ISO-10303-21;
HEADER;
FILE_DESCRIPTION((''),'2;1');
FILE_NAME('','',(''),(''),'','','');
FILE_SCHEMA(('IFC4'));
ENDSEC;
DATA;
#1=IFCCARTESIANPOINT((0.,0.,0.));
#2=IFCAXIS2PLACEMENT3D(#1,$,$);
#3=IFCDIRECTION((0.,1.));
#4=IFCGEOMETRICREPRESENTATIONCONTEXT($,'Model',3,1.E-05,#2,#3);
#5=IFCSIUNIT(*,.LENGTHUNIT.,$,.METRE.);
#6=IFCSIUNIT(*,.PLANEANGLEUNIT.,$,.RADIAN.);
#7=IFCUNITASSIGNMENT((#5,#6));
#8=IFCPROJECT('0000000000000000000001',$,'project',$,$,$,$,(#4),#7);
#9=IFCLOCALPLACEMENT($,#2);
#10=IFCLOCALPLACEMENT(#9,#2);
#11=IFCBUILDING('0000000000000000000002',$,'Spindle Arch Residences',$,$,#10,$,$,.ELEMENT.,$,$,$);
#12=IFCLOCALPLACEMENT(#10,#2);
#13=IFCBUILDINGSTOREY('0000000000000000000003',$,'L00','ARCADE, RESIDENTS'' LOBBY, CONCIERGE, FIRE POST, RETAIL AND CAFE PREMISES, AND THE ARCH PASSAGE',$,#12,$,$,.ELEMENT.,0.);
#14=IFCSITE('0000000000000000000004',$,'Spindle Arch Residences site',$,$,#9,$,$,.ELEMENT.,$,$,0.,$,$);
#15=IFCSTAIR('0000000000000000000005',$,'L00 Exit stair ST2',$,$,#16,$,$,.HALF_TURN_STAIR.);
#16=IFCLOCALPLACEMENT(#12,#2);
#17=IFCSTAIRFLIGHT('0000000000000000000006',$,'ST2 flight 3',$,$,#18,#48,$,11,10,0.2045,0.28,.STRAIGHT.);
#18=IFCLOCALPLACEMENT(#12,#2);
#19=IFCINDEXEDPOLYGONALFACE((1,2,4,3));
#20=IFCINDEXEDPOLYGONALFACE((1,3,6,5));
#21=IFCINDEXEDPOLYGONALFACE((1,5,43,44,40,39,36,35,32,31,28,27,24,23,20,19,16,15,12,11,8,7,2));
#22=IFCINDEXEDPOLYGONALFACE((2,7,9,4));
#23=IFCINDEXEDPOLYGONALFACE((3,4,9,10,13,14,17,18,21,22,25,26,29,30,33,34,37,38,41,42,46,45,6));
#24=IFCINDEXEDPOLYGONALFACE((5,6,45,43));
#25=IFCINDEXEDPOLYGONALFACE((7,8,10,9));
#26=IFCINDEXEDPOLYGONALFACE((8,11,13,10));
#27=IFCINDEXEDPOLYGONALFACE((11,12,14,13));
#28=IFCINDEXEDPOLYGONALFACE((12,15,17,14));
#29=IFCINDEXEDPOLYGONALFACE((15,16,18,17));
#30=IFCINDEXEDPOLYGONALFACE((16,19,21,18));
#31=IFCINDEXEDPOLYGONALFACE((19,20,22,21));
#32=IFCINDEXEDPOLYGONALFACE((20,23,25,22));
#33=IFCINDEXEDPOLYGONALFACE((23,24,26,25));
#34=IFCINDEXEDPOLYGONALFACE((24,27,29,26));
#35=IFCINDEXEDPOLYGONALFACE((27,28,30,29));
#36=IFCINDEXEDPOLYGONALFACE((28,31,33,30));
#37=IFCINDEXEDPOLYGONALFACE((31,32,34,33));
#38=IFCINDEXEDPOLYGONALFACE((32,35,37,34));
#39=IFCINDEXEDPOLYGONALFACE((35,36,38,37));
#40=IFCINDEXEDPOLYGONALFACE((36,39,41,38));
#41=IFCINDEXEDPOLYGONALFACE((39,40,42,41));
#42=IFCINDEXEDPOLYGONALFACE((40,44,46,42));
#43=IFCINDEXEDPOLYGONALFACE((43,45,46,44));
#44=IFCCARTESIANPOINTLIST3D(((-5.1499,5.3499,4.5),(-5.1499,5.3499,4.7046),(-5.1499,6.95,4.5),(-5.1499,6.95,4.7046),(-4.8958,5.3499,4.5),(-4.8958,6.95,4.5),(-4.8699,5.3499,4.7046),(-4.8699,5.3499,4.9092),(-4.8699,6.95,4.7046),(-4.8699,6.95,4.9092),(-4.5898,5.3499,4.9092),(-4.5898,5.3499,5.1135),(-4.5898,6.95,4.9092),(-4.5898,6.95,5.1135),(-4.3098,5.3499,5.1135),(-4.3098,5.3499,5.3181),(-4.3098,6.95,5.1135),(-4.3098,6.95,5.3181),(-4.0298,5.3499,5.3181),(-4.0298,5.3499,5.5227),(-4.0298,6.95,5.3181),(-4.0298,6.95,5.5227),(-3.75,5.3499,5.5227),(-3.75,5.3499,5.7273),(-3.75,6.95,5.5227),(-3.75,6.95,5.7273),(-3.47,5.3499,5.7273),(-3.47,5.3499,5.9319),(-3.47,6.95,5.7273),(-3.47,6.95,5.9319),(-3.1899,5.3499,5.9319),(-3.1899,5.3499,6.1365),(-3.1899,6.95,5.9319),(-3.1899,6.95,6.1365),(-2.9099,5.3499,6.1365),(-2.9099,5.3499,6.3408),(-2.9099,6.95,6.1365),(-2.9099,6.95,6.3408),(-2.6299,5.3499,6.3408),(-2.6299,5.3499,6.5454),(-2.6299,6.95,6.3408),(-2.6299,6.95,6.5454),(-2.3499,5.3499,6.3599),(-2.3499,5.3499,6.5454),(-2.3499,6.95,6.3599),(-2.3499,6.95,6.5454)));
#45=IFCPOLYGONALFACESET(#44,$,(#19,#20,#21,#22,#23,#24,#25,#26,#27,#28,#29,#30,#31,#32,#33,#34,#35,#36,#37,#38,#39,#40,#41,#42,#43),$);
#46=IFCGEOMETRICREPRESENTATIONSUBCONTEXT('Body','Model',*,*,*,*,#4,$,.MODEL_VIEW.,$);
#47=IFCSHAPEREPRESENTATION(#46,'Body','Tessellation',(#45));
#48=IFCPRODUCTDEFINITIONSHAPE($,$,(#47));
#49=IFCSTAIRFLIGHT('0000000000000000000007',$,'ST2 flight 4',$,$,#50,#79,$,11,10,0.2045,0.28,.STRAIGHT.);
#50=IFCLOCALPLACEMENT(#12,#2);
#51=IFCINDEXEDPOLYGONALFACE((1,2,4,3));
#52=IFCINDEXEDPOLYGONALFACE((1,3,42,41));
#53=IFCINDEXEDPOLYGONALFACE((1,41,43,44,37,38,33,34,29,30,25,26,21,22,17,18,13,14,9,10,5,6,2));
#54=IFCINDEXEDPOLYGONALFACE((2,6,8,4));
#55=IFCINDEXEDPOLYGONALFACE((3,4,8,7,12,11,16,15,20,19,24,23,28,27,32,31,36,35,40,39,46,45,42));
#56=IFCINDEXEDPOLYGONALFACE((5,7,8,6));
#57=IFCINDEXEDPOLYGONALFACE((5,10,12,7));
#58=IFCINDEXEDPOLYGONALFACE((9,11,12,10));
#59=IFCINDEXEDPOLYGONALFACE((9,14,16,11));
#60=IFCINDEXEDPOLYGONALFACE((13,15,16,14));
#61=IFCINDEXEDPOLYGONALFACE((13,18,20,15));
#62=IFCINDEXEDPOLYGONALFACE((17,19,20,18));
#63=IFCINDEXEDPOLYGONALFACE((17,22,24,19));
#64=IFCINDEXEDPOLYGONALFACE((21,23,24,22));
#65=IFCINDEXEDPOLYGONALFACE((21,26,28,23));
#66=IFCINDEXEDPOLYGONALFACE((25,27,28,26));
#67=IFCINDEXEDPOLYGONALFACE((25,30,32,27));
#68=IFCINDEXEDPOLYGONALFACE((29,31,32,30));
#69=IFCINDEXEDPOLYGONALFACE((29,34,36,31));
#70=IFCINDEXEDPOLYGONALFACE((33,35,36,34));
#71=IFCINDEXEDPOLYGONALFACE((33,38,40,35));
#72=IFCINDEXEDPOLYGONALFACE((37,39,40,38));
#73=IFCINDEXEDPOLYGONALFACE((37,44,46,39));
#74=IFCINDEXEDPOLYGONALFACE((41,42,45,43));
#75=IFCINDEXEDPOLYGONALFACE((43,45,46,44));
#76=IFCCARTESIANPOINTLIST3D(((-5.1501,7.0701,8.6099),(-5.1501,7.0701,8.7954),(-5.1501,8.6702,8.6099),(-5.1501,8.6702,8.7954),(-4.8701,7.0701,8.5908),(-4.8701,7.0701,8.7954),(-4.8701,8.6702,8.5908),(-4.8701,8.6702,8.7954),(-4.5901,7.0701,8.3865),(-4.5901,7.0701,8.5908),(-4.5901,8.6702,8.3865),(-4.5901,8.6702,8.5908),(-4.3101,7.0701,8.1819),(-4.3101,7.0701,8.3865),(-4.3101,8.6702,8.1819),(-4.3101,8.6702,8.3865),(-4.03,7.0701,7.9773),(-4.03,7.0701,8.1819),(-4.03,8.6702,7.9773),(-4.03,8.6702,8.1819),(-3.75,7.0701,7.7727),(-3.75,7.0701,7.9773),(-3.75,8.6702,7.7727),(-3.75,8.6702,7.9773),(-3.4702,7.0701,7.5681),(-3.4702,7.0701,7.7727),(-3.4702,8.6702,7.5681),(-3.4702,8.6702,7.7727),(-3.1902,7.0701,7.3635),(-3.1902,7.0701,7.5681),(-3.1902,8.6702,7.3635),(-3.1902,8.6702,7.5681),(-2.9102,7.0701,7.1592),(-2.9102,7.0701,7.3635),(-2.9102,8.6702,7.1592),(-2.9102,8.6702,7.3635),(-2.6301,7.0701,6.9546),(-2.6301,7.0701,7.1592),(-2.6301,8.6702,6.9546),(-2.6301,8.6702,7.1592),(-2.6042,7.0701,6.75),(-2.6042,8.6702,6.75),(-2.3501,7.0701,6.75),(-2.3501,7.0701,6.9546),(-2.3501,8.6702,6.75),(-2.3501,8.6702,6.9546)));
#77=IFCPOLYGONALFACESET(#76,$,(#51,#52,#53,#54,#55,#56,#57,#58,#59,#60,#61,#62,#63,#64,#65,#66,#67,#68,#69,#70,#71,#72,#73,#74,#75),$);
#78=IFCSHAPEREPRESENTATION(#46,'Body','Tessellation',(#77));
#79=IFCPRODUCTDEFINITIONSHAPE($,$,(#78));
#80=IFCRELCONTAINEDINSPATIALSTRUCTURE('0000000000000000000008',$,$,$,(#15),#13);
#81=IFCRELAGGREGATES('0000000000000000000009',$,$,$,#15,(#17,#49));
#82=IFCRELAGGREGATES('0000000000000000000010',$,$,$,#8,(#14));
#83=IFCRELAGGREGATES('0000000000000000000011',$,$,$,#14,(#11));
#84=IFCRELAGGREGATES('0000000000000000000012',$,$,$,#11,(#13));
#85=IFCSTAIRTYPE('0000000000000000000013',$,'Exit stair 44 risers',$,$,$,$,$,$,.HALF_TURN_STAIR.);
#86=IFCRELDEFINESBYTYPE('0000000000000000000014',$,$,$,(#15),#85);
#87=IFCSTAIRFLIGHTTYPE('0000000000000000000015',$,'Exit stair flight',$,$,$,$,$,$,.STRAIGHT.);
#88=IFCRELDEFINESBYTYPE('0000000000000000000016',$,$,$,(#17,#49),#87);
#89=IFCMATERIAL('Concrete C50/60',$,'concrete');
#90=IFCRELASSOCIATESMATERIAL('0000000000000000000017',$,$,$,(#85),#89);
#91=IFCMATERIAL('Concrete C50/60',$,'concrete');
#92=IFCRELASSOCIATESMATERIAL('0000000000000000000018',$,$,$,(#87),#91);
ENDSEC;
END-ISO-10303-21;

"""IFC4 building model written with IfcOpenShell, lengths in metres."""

from ifc_helpers import new_model, si_unit, direction, frame, origin, place, context, subcontext, project, spatial, polyline, outline, extrude, material, type_object, element, aggregate, save


model = new_model("IFC4")

# Units and contexts
model_context = context("Model", 3, precision=1e-05, world=origin(), true_north=direction((0.0, 1.0)))
body_context = subcontext(model_context, "Body", "Model", "MODEL_VIEW")
ifc_project = project(units=[si_unit("LENGTHUNIT", "METRE"), si_unit("PLANEANGLEUNIT", "RADIAN")], contexts=[model_context])

# Site, building, storey
site_placement = place(None, origin())
site = spatial("IfcSite", under=ifc_project, at=site_placement, Name="Spindle Arch Residences site", CompositionType="ELEMENT", RefElevation=0.0)
building_placement = place(site_placement, origin())
building = spatial("IfcBuilding", under=site, at=building_placement, Name="Spindle Arch Residences", CompositionType="ELEMENT")
storey_placement = place(building_placement, origin())
storey = spatial("IfcBuildingStorey", under=building, at=storey_placement, Name="L00", Description="ARCADE, RESIDENTS' LOBBY, CONCIERGE, FIRE POST, RETAIL AND CAFE PREMISES, AND THE ARCH PASSAGE", CompositionType="ELEMENT", Elevation=0.0)

# Stair
ifc_material_1 = material(Name="Concrete C50/60", Category="concrete")
stair_type = type_object("IfcStairType", Name="Exit stair 44 risers", PredefinedType="HALF_TURN_STAIR", material=ifc_material_1)
stair_placement = place(storey_placement, origin())
stair = element("IfcStair", 1, at=stair_placement, inside=storey, type_object=stair_type, Name="L00 Exit stair ST2", PredefinedType="HALF_TURN_STAIR")

# Stair flights
ifc_material_2 = material(Name="Concrete C50/60", Category="concrete")
stair_flight_type = type_object("IfcStairFlightType", Name="Exit stair flight", PredefinedType="STRAIGHT", material=ifc_material_2)
stair_flight_1_placement = place(storey_placement, frame((-5.1499, 6.1499, 4.5), z_axis=(0.0, 0.0, 1.0), x_axis=(1.0, 0.0, 0.0)))
stair_flight_1 = element("IfcStairFlight", 2, at=stair_flight_1_placement, type_object=stair_flight_type, Name="ST2 flight 3", NumberOfRisers=11, NumberOfTreads=10, PredefinedType="STRAIGHT", RiserHeight=0.2045, TreadLength=0.28, context=body_context, shape_type="SweptSolid", body=[
    extrude(outline(polyline([(0.0, 0.0), (0.0, 0.2046), (0.28, 0.2046), (0.28, 0.4092), (0.5601, 0.4092), (0.5601, 0.6135), (0.8401, 0.6135), (0.8401, 0.8181), (1.1201, 0.8181), (1.1201, 1.0227), (1.3999, 1.0227), (1.3999, 1.2273), (1.6799, 1.2273), (1.6799, 1.4319), (1.96, 1.4319), (1.96, 1.6365), (2.24, 1.6365), (2.24, 1.8408), (2.52, 1.8408), (2.52, 2.0454), (2.8, 2.0454), (2.8, 2.25), (2.8, 1.8599), (0.2542, 0.0), (0.0, 0.0)])), frame((0.0, 0.8, 0.0), z_axis=(0.0, -1.0, 0.0), x_axis=(1.0, 0.0, 0.0)), (0.0, 0.0, 1.0), 1.6001),
])
stair_flight_2_placement = place(storey_placement, frame((-2.3501, 7.8701, 6.75), z_axis=(0.0, 0.0, 1.0), x_axis=(-1.0, 0.0, 0.0)))
stair_flight_2 = element("IfcStairFlight", 3, at=stair_flight_2_placement, type_object=stair_flight_type, Name="ST2 flight 4", NumberOfRisers=11, NumberOfTreads=10, PredefinedType="STRAIGHT", RiserHeight=0.2045, TreadLength=0.28, context=body_context, shape_type="SweptSolid", body=[
    extrude(outline(polyline([(0.0, 0.0), (0.0, 0.2046), (0.28, 0.2046), (0.28, 0.4092), (0.5601, 0.4092), (0.5601, 0.6135), (0.8401, 0.6135), (0.8401, 0.8181), (1.1201, 0.8181), (1.1201, 1.0227), (1.3999, 1.0227), (1.3999, 1.2273), (1.6799, 1.2273), (1.6799, 1.4319), (1.96, 1.4319), (1.96, 1.6365), (2.24, 1.6365), (2.24, 1.8408), (2.52, 1.8408), (2.52, 2.0454), (2.8, 2.0454), (2.8, 2.25), (2.8, 1.8599), (0.2542, 0.0), (0.0, 0.0)])), frame((0.0, 0.8, 0.0), z_axis=(0.0, -1.0, 0.0), x_axis=(1.0, 0.0, 0.0)), (0.0, 0.0, 1.0), 1.6001),
])
aggregate(stair, [stair_flight_1, stair_flight_2])

save(model, "model.ifc")
